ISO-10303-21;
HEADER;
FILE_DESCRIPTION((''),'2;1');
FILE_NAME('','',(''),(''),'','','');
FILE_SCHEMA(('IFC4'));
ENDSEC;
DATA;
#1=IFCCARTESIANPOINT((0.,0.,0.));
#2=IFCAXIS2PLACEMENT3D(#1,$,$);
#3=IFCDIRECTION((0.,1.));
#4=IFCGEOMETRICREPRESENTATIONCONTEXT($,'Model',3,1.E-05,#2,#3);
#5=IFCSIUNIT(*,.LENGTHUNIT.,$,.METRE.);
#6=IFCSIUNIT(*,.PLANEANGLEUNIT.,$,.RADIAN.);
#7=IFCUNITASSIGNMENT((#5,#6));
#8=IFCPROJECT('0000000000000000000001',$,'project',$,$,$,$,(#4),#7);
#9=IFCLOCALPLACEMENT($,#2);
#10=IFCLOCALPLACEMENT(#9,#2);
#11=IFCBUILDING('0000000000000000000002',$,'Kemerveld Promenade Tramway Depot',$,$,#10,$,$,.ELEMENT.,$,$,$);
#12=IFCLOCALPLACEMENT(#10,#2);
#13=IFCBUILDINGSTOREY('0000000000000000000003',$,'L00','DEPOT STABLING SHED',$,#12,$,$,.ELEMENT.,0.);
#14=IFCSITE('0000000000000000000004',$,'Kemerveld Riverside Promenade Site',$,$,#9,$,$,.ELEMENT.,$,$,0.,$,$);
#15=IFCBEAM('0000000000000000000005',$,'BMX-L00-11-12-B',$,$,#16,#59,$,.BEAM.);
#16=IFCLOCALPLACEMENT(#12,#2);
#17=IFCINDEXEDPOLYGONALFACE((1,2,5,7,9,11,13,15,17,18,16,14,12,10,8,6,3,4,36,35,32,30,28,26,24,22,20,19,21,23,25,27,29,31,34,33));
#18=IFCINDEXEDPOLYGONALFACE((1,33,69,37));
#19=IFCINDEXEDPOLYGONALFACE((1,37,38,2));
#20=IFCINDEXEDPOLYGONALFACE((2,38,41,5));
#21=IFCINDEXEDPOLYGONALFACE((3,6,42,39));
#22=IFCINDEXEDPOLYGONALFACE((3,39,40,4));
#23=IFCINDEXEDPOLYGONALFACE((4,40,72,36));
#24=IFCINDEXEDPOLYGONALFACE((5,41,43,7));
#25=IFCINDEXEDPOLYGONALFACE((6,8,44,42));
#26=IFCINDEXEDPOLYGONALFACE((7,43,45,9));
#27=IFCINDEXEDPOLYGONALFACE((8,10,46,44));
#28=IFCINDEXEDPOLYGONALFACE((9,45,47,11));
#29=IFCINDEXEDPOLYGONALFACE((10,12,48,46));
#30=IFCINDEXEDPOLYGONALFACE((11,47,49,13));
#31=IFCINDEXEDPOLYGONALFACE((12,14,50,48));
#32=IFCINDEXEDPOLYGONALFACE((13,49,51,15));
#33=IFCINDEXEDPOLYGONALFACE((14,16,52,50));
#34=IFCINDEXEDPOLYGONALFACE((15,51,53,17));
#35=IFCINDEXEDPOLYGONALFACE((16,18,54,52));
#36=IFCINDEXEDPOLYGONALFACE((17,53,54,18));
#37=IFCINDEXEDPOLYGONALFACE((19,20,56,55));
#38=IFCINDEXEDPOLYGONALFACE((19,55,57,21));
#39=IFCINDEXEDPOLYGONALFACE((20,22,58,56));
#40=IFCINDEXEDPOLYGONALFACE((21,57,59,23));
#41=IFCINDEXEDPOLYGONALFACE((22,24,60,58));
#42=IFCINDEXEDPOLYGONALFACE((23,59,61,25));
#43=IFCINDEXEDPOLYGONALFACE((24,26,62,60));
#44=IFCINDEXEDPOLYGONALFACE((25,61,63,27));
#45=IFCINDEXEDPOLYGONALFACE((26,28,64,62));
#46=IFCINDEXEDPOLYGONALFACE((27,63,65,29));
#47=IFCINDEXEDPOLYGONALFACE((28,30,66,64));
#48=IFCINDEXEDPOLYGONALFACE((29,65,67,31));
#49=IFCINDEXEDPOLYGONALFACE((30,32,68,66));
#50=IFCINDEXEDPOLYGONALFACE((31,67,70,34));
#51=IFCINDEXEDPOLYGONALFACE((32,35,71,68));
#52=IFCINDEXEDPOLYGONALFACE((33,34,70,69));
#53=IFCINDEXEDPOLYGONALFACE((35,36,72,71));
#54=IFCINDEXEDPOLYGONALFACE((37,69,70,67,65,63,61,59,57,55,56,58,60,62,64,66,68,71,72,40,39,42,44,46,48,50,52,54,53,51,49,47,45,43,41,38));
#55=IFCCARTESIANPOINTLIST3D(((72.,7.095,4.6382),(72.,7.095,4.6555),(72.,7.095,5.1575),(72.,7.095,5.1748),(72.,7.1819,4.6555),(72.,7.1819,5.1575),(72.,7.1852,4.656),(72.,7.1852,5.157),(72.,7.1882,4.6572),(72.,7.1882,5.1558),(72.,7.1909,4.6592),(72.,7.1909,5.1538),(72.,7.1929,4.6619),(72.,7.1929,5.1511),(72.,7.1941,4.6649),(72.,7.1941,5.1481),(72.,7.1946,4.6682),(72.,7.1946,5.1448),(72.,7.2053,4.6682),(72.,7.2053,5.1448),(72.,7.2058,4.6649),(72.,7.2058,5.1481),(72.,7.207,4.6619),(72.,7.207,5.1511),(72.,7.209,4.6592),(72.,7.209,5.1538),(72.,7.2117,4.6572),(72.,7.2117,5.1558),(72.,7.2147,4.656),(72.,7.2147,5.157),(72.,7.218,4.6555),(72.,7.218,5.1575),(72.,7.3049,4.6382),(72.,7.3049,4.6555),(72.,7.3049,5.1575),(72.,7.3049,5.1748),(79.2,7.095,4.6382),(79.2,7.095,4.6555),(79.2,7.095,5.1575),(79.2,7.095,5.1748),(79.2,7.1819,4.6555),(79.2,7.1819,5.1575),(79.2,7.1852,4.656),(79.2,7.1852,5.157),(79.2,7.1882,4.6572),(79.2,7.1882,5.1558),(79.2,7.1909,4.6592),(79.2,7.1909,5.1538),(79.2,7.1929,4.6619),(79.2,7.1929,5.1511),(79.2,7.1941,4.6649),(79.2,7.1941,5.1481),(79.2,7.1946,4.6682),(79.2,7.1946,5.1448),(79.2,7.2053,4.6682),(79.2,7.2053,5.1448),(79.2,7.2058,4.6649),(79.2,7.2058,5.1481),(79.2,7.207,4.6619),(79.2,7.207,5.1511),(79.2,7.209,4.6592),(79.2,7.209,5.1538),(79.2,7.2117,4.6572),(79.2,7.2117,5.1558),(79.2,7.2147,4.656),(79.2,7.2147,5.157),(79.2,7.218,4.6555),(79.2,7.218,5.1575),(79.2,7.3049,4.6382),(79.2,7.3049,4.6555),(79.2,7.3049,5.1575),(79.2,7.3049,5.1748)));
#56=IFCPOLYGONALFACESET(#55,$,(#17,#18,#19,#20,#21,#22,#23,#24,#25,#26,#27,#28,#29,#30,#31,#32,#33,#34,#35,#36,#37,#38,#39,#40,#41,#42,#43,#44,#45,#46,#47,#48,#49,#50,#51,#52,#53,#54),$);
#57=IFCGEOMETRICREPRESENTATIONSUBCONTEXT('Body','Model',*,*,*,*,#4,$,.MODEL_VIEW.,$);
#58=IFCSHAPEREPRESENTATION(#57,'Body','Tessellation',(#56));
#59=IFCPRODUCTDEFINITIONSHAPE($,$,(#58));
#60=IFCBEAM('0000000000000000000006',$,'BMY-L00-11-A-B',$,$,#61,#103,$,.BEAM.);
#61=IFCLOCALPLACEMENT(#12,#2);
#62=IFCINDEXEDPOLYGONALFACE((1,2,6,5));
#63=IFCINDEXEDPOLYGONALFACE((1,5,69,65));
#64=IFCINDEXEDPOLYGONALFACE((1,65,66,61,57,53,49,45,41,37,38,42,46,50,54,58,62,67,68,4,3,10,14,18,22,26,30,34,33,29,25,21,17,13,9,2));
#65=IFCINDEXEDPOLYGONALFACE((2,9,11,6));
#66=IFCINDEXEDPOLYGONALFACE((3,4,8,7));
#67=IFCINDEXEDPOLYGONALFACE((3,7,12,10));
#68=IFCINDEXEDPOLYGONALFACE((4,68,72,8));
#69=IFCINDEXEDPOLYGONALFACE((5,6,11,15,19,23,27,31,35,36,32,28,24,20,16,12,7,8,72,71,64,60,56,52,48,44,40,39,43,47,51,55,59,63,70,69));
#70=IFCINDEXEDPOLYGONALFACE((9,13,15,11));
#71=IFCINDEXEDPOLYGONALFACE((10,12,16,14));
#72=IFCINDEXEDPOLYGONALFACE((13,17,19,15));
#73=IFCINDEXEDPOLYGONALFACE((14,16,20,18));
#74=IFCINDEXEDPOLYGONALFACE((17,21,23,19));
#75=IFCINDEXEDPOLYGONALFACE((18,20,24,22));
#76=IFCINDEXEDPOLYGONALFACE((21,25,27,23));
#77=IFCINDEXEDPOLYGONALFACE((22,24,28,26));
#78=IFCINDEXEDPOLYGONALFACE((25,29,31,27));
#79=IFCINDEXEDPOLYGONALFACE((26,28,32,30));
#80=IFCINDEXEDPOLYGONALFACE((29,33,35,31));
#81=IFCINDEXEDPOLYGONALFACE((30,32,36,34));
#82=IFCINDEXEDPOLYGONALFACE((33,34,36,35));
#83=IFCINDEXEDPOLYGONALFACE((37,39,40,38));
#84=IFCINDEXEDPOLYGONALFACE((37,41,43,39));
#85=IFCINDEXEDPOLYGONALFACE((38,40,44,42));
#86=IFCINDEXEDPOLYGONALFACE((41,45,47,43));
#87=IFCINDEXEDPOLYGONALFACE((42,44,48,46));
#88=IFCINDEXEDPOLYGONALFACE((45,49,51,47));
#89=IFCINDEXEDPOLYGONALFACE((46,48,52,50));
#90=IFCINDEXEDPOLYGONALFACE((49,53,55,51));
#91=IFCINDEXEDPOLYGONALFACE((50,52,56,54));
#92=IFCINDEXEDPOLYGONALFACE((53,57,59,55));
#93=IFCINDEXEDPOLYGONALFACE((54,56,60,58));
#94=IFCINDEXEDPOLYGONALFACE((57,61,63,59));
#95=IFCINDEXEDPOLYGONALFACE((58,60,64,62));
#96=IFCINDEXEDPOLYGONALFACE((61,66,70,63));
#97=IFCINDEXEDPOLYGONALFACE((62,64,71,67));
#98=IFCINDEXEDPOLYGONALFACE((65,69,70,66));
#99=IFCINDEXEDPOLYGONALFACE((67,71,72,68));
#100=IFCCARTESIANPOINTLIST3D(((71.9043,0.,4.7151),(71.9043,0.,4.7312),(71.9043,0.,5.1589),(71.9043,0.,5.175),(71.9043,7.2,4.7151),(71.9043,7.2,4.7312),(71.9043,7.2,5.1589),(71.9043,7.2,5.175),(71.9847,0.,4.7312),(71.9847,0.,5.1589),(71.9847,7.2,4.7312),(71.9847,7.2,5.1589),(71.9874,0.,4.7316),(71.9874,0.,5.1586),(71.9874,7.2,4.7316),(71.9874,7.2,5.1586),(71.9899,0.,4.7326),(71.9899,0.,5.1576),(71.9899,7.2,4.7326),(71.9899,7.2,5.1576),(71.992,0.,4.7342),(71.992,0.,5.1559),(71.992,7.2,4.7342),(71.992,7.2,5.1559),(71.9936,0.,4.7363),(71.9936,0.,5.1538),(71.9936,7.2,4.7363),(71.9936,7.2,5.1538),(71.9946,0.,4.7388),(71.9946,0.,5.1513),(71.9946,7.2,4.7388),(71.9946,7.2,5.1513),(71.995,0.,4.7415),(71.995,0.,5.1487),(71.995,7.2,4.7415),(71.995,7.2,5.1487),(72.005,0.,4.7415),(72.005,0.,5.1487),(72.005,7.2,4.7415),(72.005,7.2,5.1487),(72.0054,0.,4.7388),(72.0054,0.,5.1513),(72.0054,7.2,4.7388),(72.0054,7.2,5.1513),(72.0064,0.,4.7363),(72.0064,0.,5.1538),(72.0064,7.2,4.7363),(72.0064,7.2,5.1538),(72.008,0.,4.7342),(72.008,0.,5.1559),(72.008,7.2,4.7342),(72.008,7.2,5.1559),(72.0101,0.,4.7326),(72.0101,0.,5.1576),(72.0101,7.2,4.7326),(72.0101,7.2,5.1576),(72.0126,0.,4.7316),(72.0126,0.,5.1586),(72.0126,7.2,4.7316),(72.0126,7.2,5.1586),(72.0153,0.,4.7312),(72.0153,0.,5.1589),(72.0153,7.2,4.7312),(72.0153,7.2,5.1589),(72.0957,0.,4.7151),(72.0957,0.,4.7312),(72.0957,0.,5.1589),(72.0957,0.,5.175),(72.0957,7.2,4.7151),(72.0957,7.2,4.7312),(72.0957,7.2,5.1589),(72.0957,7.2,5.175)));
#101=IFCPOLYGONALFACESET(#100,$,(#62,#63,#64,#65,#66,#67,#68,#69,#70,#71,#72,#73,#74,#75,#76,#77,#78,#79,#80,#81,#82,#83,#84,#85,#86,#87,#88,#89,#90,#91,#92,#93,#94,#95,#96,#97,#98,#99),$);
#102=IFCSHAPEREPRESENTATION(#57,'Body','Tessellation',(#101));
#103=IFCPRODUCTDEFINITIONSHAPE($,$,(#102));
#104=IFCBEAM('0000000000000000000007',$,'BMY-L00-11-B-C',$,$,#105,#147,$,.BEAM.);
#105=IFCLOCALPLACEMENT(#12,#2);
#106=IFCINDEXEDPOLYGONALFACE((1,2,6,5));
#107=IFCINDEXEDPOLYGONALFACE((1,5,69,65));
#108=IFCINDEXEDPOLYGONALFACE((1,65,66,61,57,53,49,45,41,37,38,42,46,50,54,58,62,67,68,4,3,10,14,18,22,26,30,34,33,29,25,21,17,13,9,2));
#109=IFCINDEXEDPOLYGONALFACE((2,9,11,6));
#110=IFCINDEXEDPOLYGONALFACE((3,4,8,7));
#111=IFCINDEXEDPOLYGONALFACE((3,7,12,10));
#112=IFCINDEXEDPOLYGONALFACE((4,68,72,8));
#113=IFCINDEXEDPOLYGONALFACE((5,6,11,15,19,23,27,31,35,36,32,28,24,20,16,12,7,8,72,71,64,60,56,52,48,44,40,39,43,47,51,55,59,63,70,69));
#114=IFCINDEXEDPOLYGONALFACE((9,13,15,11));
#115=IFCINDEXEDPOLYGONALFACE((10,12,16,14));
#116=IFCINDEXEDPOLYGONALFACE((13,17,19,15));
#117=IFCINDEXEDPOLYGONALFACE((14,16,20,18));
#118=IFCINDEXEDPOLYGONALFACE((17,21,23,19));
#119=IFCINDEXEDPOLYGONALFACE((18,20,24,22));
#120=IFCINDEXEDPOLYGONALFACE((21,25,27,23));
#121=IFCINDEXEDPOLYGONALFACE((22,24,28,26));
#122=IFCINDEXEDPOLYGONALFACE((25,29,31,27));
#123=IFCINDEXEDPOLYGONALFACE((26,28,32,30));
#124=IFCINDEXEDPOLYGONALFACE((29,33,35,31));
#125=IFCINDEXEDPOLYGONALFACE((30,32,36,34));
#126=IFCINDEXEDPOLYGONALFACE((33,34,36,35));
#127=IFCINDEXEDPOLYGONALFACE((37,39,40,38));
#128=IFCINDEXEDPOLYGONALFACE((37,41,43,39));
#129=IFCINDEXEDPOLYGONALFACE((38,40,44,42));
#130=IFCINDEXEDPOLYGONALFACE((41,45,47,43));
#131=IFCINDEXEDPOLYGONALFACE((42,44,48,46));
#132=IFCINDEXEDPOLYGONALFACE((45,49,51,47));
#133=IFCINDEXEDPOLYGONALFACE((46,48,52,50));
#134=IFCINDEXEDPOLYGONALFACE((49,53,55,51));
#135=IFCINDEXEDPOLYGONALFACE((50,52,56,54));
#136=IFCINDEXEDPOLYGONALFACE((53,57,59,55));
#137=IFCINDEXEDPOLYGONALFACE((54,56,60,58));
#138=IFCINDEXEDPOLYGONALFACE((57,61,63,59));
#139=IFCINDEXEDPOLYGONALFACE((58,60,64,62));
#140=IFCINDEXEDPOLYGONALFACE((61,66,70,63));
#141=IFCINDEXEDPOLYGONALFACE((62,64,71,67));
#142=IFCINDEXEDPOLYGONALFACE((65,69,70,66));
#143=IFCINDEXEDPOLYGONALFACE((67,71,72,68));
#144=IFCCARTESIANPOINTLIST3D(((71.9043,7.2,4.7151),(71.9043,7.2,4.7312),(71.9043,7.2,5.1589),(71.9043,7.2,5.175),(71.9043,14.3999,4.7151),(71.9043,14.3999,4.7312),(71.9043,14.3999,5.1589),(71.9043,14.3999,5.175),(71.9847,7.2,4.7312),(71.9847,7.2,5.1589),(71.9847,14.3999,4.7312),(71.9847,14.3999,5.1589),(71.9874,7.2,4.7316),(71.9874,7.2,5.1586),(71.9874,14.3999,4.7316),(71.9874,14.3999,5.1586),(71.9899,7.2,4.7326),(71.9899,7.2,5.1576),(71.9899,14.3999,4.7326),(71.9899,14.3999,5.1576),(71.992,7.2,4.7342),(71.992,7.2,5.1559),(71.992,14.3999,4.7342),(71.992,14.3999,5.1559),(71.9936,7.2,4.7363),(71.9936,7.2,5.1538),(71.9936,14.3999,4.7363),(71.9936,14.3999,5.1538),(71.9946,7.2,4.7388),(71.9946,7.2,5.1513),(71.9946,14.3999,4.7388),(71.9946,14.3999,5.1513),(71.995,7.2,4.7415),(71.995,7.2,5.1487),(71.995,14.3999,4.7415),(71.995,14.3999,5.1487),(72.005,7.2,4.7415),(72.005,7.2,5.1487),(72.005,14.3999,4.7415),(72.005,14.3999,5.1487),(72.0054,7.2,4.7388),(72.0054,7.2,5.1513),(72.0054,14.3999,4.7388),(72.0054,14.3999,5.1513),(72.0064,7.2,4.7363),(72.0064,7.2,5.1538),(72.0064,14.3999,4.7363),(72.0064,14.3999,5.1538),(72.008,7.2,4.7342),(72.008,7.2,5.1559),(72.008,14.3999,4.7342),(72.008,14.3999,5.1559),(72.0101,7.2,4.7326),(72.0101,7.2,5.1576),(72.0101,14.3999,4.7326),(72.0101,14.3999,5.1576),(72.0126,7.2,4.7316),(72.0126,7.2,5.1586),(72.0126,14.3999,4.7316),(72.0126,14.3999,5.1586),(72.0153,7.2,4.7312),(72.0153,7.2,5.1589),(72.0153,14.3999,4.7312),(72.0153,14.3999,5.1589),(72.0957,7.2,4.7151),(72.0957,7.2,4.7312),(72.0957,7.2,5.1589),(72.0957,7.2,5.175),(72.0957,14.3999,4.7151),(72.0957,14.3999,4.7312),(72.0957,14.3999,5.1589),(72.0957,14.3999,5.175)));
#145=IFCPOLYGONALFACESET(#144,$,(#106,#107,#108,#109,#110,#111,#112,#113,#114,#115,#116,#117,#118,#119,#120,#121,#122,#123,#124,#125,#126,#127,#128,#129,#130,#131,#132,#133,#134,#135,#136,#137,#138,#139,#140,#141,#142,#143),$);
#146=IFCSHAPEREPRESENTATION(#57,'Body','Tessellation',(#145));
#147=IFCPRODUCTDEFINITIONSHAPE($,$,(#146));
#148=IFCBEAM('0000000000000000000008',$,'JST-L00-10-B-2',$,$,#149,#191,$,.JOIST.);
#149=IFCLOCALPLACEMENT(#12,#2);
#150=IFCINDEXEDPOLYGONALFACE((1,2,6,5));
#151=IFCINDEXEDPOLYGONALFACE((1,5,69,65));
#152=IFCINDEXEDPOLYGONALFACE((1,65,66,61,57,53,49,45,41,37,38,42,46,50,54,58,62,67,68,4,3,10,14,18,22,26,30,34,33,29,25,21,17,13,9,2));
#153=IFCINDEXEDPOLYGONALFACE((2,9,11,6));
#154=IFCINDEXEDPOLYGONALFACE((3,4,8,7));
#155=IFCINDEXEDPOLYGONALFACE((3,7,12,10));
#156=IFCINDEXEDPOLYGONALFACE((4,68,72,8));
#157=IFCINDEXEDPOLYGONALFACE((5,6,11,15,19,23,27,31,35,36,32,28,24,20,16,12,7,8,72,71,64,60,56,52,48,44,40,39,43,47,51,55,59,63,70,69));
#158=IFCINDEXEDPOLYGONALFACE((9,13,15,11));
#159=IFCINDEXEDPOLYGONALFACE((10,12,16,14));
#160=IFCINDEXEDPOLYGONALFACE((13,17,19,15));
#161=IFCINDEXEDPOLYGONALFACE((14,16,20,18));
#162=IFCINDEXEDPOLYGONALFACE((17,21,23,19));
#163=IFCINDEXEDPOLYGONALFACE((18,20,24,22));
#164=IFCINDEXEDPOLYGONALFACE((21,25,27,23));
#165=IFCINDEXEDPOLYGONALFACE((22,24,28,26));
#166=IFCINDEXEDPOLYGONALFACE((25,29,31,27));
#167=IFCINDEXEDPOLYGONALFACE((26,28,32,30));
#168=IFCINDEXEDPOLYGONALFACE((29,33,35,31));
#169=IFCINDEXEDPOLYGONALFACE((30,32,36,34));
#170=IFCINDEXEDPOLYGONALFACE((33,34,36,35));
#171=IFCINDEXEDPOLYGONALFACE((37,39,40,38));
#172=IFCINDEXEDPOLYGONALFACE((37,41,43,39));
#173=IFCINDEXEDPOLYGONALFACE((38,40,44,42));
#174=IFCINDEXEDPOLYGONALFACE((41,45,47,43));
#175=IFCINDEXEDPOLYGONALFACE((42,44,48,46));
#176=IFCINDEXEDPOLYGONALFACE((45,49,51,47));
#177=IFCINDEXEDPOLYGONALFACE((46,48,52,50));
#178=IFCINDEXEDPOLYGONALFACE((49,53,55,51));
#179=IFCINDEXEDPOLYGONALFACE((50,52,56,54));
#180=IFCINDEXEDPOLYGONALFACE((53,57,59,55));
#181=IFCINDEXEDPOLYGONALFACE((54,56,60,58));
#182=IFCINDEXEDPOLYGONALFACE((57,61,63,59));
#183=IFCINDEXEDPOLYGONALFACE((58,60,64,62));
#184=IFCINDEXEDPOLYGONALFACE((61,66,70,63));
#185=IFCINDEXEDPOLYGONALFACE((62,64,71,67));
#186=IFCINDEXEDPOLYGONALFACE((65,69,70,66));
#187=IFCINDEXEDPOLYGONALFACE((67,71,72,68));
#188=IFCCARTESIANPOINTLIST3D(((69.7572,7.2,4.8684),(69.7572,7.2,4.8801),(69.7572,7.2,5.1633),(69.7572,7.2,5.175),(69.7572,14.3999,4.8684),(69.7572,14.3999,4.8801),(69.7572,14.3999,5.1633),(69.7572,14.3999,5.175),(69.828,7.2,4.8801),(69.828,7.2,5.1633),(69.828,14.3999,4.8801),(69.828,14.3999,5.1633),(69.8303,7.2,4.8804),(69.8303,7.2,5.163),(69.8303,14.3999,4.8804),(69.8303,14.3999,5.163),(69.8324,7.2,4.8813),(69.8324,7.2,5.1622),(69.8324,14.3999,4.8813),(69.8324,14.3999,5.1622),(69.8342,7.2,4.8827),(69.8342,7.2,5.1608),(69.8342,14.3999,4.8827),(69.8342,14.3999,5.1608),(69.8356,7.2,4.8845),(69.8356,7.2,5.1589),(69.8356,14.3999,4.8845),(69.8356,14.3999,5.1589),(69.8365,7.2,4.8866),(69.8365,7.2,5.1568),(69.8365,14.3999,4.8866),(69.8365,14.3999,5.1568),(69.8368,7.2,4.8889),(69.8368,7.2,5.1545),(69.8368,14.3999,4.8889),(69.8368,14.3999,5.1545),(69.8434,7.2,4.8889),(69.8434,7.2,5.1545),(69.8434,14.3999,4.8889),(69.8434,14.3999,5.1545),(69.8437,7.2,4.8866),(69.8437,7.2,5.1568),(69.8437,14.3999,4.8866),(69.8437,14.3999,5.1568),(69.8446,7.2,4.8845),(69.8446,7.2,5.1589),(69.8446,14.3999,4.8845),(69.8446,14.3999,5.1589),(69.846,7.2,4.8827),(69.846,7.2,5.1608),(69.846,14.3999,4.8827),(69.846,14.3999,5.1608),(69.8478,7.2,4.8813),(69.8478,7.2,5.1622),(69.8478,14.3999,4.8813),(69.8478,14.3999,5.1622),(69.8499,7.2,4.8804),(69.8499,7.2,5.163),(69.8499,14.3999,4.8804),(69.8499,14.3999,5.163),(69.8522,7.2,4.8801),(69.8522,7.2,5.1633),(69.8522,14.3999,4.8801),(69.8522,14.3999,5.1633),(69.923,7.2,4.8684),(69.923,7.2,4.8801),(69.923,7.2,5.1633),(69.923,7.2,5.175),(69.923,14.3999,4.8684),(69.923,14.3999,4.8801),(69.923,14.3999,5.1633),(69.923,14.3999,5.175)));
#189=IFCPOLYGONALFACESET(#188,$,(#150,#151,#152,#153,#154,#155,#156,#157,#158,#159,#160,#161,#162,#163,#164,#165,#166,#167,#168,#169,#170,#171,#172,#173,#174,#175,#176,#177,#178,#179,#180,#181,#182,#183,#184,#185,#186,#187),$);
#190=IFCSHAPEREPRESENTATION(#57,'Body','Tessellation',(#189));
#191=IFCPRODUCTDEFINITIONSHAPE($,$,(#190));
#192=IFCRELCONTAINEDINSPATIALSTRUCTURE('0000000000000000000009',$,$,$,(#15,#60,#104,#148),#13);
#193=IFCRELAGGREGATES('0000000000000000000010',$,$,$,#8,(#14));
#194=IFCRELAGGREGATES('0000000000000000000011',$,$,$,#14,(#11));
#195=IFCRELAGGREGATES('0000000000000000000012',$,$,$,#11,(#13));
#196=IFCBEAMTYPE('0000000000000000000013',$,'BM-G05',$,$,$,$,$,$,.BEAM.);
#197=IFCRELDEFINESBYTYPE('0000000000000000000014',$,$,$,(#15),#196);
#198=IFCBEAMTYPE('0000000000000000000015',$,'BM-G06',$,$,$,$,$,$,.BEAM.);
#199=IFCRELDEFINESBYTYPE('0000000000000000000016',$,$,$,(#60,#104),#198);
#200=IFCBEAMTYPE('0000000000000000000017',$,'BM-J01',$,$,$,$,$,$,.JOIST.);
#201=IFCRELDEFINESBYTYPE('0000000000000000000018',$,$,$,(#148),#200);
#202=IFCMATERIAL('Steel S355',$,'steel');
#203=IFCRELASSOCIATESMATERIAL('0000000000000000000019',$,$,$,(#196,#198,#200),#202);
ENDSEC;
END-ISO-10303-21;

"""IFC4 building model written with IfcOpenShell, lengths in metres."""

from ifc_helpers import new_model, si_unit, direction, frame, origin, origin_2d, place, context, subcontext, project, spatial, i_section, extrude, material, material_profile, profile_set, type_object, element, save


model = new_model("IFC4")

# Units and contexts
model_context = context("Model", 3, precision=1e-05, world=origin(), true_north=direction((0.0, 1.0)))
body_context = subcontext(model_context, "Body", "Model", "MODEL_VIEW")
ifc_project = project(units=[si_unit("LENGTHUNIT", "METRE"), si_unit("PLANEANGLEUNIT", "RADIAN")], contexts=[model_context])

# Site, building, storey
site_placement = place(None, origin())
site = spatial("IfcSite", under=ifc_project, at=site_placement, Name="Kemerveld Riverside Promenade Site", CompositionType="ELEMENT", RefElevation=0.0)
building_placement = place(site_placement, origin())
building = spatial("IfcBuilding", under=site, at=building_placement, Name="Kemerveld Promenade Tramway Depot", CompositionType="ELEMENT")
storey_placement = place(building_placement, origin())
storey = spatial("IfcBuildingStorey", under=building, at=storey_placement, Name="L00", Description="DEPOT STABLING SHED", CompositionType="ELEMENT", Elevation=0.0)

# Shared definitions
ifc_material_1 = material(Name="Steel S355", Category="steel")

# Beams
ifc_material_profile_1 = material_profile(ifc_material_1, i_section(OverallWidth=0.21, OverallDepth=0.5366, WebThickness=0.0107, FlangeThickness=0.0173, FilletRadius=0.0127, at=origin_2d()), Name="533x210x101 UB")
ifc_profile_set_1 = profile_set([ifc_material_profile_1], Name="Steel S355")
beam_type_1 = type_object("IfcBeamType", Name="BM-G05", PredefinedType="BEAM", material=ifc_profile_set_1)
beam_1_placement = place(storey_placement, frame((72.0, 7.2, 4.9065), z_axis=(1.0, 0.0, 0.0), x_axis=(0.0, 1.0, 0.0)))
element("IfcBeam", 1, at=beam_1_placement, inside=storey, type_object=beam_type_1, Name="BMX-L00-11-12-B", PredefinedType="BEAM", context=body_context, shape_type="SweptSolid", body=[
    extrude(i_section(OverallWidth=0.21, OverallDepth=0.5366, WebThickness=0.0107, FlangeThickness=0.0173, FilletRadius=0.0127, at=origin_2d()), origin(), (0.0, 0.0, 1.0), 7.2),
])
ifc_material_profile_2 = material_profile(ifc_material_1, i_section(OverallWidth=0.1914, OverallDepth=0.46, WebThickness=0.01, FlangeThickness=0.0161, FilletRadius=0.0103, at=origin_2d()), Name="457x191x82 UB")
ifc_profile_set_2 = profile_set([ifc_material_profile_2], Name="Steel S355")
beam_type_2 = type_object("IfcBeamType", Name="BM-G06", PredefinedType="BEAM", material=ifc_profile_set_2)
for number, where, z_axis, x_axis, name in (
    (2, (72.0, 0.0, 4.9451), (0.0, 1.0, 0.0), (-1.0, 0.0, 0.0), "BMY-L00-11-A-B"),
    (3, (72.0, 7.2, 4.9451), (0.0, 1.0, 0.0), (-1.0, 0.0, 0.0), "BMY-L00-11-B-C"),
):
    element("IfcBeam", number, at=place(storey_placement, frame(where, z_axis=z_axis, x_axis=x_axis)), inside=storey, type_object=beam_type_2, Name=name, PredefinedType="BEAM", context=body_context, shape_type="SweptSolid", body=[
        extrude(i_section(OverallWidth=0.1914, OverallDepth=0.46, WebThickness=0.01, FlangeThickness=0.0161, FilletRadius=0.0103, at=origin_2d()), origin(), (0.0, 0.0, 1.0), 7.2),
    ])
ifc_material_profile_3 = material_profile(ifc_material_1, i_section(OverallWidth=0.1658, OverallDepth=0.3066, WebThickness=0.0066, FlangeThickness=0.0117, FilletRadius=0.0088, at=origin_2d()), Name="305x165x46 UB")
ifc_profile_set_3 = profile_set([ifc_material_profile_3], Name="Steel S355")
beam_type_3 = type_object("IfcBeamType", Name="BM-J01", PredefinedType="JOIST", material=ifc_profile_set_3)
for number, where, z_axis, x_axis, name in (
    (4, (69.8401, 7.2, 5.0217), (0.0, 1.0, 0.0), (-1.0, 0.0, 0.0), "JST-L00-10-B-2"),
):
    element("IfcBeam", number, at=place(storey_placement, frame(where, z_axis=z_axis, x_axis=x_axis)), inside=storey, type_object=beam_type_3, Name=name, PredefinedType="JOIST", context=body_context, shape_type="SweptSolid", body=[
        extrude(i_section(OverallWidth=0.1658, OverallDepth=0.3066, WebThickness=0.0066, FlangeThickness=0.0117, FilletRadius=0.0088, at=origin_2d()), origin(), (0.0, 0.0, 1.0), 7.2),
    ])

save(model, "model.ifc")
